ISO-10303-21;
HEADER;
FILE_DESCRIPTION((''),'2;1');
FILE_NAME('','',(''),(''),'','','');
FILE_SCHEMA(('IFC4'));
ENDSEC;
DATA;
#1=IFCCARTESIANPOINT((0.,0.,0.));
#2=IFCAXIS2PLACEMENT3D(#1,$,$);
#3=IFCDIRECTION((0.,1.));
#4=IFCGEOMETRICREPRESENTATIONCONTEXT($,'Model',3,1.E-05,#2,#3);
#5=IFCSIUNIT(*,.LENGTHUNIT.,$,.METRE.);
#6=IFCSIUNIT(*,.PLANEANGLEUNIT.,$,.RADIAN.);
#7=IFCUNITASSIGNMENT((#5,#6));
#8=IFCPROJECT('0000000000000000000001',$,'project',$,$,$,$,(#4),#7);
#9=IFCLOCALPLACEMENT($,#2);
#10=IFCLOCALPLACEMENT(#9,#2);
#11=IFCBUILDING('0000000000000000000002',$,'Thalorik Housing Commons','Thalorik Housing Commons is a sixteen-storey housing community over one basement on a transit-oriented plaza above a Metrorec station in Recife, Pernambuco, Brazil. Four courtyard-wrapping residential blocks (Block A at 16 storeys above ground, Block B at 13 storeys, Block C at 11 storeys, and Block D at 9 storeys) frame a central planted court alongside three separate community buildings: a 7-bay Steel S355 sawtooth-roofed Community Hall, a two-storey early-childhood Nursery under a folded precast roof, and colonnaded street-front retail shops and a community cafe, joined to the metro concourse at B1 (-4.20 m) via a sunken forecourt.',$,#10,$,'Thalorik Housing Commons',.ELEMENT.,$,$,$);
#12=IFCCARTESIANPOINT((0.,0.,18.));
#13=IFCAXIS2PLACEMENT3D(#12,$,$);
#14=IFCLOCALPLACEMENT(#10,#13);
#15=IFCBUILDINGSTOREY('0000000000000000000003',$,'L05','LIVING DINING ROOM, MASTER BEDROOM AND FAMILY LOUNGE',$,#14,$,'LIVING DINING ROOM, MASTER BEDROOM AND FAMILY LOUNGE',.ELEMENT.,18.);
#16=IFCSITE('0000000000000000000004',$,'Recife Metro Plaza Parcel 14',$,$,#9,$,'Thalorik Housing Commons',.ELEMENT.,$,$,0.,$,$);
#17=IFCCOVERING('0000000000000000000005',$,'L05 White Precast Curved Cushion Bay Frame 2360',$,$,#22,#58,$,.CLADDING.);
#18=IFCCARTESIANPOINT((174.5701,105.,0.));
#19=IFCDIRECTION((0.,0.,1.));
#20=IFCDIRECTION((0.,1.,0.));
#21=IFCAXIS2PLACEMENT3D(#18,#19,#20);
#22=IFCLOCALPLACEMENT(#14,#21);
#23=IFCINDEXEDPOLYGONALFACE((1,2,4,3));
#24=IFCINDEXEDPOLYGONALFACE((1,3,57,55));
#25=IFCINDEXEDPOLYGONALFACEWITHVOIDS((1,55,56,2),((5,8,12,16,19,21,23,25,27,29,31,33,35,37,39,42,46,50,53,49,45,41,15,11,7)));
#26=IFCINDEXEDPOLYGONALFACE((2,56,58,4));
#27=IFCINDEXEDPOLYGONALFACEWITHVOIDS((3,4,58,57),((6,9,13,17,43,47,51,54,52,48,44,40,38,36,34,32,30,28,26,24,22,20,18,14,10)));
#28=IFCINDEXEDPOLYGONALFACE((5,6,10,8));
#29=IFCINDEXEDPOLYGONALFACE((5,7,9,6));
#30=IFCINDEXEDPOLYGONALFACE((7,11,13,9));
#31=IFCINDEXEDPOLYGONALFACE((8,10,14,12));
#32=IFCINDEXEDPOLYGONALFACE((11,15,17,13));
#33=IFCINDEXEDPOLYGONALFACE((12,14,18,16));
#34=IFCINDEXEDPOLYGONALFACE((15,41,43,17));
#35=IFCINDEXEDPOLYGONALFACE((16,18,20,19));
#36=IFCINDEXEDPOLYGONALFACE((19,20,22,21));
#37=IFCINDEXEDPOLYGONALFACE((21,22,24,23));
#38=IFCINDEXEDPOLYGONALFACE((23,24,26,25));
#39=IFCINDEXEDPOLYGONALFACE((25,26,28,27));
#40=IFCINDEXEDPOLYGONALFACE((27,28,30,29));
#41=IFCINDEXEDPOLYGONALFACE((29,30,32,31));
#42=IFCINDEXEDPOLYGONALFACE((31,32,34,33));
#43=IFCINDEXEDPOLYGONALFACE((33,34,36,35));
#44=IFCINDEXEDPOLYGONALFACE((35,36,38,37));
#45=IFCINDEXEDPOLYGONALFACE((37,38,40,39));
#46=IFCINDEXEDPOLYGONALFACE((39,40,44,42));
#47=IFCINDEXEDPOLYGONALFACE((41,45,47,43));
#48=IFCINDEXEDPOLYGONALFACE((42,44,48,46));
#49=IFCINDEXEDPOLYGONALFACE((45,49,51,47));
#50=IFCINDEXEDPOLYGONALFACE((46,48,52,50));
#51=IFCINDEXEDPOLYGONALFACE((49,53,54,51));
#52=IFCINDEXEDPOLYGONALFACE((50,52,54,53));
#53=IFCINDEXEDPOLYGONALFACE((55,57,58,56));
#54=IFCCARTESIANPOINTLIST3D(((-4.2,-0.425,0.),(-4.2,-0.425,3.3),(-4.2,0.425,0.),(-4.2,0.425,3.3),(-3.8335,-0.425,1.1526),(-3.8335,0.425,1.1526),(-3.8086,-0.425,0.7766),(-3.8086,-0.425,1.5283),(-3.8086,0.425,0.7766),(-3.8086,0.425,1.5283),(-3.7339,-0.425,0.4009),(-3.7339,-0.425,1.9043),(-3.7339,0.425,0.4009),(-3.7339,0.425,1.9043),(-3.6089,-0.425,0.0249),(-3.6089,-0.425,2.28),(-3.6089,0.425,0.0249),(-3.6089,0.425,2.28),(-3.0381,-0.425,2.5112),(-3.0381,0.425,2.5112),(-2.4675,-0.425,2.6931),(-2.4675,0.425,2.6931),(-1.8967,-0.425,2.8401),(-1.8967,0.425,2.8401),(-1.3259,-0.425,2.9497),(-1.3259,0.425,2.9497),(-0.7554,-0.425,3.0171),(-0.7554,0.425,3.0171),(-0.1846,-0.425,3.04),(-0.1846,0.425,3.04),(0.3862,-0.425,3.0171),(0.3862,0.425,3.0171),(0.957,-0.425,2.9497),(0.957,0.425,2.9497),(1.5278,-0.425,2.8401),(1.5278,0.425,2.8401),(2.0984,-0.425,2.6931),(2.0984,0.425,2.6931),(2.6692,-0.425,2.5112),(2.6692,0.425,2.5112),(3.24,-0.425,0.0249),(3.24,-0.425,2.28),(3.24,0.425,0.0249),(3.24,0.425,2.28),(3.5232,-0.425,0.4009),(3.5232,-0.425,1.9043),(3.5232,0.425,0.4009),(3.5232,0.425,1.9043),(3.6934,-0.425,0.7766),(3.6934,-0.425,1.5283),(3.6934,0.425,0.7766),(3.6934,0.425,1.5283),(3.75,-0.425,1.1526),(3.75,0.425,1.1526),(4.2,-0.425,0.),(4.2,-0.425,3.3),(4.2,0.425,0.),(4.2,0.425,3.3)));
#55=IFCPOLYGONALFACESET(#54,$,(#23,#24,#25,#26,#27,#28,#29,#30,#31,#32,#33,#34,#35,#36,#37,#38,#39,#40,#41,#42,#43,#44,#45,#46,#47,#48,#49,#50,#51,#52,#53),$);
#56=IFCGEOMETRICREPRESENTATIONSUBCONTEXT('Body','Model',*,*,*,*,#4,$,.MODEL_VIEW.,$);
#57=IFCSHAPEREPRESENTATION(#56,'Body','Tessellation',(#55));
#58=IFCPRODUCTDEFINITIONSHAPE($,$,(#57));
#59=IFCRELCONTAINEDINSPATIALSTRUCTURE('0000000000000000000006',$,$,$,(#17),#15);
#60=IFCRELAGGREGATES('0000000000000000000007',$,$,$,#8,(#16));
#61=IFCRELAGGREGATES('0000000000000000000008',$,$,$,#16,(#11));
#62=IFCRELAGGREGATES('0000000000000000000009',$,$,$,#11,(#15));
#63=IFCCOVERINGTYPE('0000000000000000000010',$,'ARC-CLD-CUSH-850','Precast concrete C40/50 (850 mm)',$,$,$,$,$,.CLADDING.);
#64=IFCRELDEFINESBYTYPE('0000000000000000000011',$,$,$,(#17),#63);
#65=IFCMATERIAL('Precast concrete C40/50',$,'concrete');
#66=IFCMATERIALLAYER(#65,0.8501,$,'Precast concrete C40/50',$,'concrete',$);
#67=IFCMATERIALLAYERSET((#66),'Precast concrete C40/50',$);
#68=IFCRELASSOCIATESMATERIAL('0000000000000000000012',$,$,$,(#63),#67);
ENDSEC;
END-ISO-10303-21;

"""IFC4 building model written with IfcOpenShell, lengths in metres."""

from ifc_helpers import new_model, si_unit, direction, frame, origin, place, context, subcontext, project, spatial, polyline, outline, extrude, material, layer, layer_set, type_object, element, save


model = new_model("IFC4")

# Units and contexts
model_context = context("Model", 3, precision=1e-05, world=origin(), true_north=direction((0.0, 1.0)))
body_context = subcontext(model_context, "Body", "Model", "MODEL_VIEW")
ifc_project = project(units=[si_unit("LENGTHUNIT", "METRE"), si_unit("PLANEANGLEUNIT", "RADIAN")], contexts=[model_context])

# Site, building, storey
site_placement = place(None, origin())
site = spatial("IfcSite", under=ifc_project, at=site_placement, Name="Recife Metro Plaza Parcel 14", LongName="Thalorik Housing Commons", CompositionType="ELEMENT", RefElevation=0.0)
building_placement = place(site_placement, origin())
building = spatial("IfcBuilding", under=site, at=building_placement, Name="Thalorik Housing Commons", Description="Thalorik Housing Commons is a sixteen-storey housing community over one basement on a transit-oriented plaza above a Metrorec station in Recife, Pernambuco, Brazil. Four courtyard-wrapping residential blocks (Block A at 16 storeys above ground, Block B at 13 storeys, Block C at 11 storeys, and Block D at 9 storeys) frame a central planted court alongside three separate community buildings: a 7-bay Steel S355 sawtooth-roofed Community Hall, a two-storey early-childhood Nursery under a folded precast roof, and colonnaded street-front retail shops and a community cafe, joined to the metro concourse at B1 (-4.20 m) via a sunken forecourt.", LongName="Thalorik Housing Commons", CompositionType="ELEMENT")
storey_placement = place(building_placement, frame((0.0, 0.0, 18.0)))
storey = spatial("IfcBuildingStorey", under=building, at=storey_placement, Name="L05", Description="LIVING DINING ROOM, MASTER BEDROOM AND FAMILY LOUNGE", LongName="LIVING DINING ROOM, MASTER BEDROOM AND FAMILY LOUNGE", CompositionType="ELEMENT", Elevation=18.0)

# Shared definitions
ifc_material_1 = material(Name="Precast concrete C40/50", Category="concrete")

# Covering
ifc_layer_1 = layer(ifc_material_1, 0.8501, Name="Precast concrete C40/50", Category="concrete")
ifc_layer_set_1 = layer_set([ifc_layer_1], Name="Precast concrete C40/50")
covering_type = type_object("IfcCoveringType", Name="ARC-CLD-CUSH-850", Description="Precast concrete C40/50 (850 mm)", PredefinedType="CLADDING", material=ifc_layer_set_1)
covering_placement = place(storey_placement, frame((174.5701, 105.0, 0.0), z_axis=(0.0, 0.0, 1.0), x_axis=(0.0, 1.0, 0.0)))
element("IfcCovering", 1, at=covering_placement, inside=storey, type_object=covering_type, Name="L05 White Precast Curved Cushion Bay Frame 2360", PredefinedType="CLADDING", context=body_context, shape_type="SweptSolid", body=[
    extrude(outline(polyline([(-4.2, 0.0), (4.2, 0.0), (4.2, 3.3), (-4.2, 3.3), (-4.2, 0.0)]), holes=[polyline([(3.24, 0.0249), (3.5232, 0.4009), (3.6934, 0.7766), (3.75, 1.1526), (3.6934, 1.5283), (3.5232, 1.9043), (3.24, 2.28), (2.6692, 2.5112), (2.0984, 2.6931), (1.5278, 2.8401), (0.957, 2.9497), (0.3862, 3.0171), (-0.1846, 3.04), (-0.7554, 3.0171), (-1.3259, 2.9497), (-1.8967, 2.8401), (-2.4675, 2.6931), (-3.0381, 2.5112), (-3.6089, 2.28), (-3.7339, 1.9043), (-3.8086, 1.5283), (-3.8335, 1.1526), (-3.8086, 0.7766), (-3.7339, 0.4009), (-3.6089, 0.0249), (3.24, 0.0249)])]), frame((0.0, 0.425, 0.0), z_axis=(0.0, -1.0, 0.0), x_axis=(1.0, 0.0, 0.0)), (0.0, 0.0, 1.0), 0.8501),
])

save(model, "model.ifc")
